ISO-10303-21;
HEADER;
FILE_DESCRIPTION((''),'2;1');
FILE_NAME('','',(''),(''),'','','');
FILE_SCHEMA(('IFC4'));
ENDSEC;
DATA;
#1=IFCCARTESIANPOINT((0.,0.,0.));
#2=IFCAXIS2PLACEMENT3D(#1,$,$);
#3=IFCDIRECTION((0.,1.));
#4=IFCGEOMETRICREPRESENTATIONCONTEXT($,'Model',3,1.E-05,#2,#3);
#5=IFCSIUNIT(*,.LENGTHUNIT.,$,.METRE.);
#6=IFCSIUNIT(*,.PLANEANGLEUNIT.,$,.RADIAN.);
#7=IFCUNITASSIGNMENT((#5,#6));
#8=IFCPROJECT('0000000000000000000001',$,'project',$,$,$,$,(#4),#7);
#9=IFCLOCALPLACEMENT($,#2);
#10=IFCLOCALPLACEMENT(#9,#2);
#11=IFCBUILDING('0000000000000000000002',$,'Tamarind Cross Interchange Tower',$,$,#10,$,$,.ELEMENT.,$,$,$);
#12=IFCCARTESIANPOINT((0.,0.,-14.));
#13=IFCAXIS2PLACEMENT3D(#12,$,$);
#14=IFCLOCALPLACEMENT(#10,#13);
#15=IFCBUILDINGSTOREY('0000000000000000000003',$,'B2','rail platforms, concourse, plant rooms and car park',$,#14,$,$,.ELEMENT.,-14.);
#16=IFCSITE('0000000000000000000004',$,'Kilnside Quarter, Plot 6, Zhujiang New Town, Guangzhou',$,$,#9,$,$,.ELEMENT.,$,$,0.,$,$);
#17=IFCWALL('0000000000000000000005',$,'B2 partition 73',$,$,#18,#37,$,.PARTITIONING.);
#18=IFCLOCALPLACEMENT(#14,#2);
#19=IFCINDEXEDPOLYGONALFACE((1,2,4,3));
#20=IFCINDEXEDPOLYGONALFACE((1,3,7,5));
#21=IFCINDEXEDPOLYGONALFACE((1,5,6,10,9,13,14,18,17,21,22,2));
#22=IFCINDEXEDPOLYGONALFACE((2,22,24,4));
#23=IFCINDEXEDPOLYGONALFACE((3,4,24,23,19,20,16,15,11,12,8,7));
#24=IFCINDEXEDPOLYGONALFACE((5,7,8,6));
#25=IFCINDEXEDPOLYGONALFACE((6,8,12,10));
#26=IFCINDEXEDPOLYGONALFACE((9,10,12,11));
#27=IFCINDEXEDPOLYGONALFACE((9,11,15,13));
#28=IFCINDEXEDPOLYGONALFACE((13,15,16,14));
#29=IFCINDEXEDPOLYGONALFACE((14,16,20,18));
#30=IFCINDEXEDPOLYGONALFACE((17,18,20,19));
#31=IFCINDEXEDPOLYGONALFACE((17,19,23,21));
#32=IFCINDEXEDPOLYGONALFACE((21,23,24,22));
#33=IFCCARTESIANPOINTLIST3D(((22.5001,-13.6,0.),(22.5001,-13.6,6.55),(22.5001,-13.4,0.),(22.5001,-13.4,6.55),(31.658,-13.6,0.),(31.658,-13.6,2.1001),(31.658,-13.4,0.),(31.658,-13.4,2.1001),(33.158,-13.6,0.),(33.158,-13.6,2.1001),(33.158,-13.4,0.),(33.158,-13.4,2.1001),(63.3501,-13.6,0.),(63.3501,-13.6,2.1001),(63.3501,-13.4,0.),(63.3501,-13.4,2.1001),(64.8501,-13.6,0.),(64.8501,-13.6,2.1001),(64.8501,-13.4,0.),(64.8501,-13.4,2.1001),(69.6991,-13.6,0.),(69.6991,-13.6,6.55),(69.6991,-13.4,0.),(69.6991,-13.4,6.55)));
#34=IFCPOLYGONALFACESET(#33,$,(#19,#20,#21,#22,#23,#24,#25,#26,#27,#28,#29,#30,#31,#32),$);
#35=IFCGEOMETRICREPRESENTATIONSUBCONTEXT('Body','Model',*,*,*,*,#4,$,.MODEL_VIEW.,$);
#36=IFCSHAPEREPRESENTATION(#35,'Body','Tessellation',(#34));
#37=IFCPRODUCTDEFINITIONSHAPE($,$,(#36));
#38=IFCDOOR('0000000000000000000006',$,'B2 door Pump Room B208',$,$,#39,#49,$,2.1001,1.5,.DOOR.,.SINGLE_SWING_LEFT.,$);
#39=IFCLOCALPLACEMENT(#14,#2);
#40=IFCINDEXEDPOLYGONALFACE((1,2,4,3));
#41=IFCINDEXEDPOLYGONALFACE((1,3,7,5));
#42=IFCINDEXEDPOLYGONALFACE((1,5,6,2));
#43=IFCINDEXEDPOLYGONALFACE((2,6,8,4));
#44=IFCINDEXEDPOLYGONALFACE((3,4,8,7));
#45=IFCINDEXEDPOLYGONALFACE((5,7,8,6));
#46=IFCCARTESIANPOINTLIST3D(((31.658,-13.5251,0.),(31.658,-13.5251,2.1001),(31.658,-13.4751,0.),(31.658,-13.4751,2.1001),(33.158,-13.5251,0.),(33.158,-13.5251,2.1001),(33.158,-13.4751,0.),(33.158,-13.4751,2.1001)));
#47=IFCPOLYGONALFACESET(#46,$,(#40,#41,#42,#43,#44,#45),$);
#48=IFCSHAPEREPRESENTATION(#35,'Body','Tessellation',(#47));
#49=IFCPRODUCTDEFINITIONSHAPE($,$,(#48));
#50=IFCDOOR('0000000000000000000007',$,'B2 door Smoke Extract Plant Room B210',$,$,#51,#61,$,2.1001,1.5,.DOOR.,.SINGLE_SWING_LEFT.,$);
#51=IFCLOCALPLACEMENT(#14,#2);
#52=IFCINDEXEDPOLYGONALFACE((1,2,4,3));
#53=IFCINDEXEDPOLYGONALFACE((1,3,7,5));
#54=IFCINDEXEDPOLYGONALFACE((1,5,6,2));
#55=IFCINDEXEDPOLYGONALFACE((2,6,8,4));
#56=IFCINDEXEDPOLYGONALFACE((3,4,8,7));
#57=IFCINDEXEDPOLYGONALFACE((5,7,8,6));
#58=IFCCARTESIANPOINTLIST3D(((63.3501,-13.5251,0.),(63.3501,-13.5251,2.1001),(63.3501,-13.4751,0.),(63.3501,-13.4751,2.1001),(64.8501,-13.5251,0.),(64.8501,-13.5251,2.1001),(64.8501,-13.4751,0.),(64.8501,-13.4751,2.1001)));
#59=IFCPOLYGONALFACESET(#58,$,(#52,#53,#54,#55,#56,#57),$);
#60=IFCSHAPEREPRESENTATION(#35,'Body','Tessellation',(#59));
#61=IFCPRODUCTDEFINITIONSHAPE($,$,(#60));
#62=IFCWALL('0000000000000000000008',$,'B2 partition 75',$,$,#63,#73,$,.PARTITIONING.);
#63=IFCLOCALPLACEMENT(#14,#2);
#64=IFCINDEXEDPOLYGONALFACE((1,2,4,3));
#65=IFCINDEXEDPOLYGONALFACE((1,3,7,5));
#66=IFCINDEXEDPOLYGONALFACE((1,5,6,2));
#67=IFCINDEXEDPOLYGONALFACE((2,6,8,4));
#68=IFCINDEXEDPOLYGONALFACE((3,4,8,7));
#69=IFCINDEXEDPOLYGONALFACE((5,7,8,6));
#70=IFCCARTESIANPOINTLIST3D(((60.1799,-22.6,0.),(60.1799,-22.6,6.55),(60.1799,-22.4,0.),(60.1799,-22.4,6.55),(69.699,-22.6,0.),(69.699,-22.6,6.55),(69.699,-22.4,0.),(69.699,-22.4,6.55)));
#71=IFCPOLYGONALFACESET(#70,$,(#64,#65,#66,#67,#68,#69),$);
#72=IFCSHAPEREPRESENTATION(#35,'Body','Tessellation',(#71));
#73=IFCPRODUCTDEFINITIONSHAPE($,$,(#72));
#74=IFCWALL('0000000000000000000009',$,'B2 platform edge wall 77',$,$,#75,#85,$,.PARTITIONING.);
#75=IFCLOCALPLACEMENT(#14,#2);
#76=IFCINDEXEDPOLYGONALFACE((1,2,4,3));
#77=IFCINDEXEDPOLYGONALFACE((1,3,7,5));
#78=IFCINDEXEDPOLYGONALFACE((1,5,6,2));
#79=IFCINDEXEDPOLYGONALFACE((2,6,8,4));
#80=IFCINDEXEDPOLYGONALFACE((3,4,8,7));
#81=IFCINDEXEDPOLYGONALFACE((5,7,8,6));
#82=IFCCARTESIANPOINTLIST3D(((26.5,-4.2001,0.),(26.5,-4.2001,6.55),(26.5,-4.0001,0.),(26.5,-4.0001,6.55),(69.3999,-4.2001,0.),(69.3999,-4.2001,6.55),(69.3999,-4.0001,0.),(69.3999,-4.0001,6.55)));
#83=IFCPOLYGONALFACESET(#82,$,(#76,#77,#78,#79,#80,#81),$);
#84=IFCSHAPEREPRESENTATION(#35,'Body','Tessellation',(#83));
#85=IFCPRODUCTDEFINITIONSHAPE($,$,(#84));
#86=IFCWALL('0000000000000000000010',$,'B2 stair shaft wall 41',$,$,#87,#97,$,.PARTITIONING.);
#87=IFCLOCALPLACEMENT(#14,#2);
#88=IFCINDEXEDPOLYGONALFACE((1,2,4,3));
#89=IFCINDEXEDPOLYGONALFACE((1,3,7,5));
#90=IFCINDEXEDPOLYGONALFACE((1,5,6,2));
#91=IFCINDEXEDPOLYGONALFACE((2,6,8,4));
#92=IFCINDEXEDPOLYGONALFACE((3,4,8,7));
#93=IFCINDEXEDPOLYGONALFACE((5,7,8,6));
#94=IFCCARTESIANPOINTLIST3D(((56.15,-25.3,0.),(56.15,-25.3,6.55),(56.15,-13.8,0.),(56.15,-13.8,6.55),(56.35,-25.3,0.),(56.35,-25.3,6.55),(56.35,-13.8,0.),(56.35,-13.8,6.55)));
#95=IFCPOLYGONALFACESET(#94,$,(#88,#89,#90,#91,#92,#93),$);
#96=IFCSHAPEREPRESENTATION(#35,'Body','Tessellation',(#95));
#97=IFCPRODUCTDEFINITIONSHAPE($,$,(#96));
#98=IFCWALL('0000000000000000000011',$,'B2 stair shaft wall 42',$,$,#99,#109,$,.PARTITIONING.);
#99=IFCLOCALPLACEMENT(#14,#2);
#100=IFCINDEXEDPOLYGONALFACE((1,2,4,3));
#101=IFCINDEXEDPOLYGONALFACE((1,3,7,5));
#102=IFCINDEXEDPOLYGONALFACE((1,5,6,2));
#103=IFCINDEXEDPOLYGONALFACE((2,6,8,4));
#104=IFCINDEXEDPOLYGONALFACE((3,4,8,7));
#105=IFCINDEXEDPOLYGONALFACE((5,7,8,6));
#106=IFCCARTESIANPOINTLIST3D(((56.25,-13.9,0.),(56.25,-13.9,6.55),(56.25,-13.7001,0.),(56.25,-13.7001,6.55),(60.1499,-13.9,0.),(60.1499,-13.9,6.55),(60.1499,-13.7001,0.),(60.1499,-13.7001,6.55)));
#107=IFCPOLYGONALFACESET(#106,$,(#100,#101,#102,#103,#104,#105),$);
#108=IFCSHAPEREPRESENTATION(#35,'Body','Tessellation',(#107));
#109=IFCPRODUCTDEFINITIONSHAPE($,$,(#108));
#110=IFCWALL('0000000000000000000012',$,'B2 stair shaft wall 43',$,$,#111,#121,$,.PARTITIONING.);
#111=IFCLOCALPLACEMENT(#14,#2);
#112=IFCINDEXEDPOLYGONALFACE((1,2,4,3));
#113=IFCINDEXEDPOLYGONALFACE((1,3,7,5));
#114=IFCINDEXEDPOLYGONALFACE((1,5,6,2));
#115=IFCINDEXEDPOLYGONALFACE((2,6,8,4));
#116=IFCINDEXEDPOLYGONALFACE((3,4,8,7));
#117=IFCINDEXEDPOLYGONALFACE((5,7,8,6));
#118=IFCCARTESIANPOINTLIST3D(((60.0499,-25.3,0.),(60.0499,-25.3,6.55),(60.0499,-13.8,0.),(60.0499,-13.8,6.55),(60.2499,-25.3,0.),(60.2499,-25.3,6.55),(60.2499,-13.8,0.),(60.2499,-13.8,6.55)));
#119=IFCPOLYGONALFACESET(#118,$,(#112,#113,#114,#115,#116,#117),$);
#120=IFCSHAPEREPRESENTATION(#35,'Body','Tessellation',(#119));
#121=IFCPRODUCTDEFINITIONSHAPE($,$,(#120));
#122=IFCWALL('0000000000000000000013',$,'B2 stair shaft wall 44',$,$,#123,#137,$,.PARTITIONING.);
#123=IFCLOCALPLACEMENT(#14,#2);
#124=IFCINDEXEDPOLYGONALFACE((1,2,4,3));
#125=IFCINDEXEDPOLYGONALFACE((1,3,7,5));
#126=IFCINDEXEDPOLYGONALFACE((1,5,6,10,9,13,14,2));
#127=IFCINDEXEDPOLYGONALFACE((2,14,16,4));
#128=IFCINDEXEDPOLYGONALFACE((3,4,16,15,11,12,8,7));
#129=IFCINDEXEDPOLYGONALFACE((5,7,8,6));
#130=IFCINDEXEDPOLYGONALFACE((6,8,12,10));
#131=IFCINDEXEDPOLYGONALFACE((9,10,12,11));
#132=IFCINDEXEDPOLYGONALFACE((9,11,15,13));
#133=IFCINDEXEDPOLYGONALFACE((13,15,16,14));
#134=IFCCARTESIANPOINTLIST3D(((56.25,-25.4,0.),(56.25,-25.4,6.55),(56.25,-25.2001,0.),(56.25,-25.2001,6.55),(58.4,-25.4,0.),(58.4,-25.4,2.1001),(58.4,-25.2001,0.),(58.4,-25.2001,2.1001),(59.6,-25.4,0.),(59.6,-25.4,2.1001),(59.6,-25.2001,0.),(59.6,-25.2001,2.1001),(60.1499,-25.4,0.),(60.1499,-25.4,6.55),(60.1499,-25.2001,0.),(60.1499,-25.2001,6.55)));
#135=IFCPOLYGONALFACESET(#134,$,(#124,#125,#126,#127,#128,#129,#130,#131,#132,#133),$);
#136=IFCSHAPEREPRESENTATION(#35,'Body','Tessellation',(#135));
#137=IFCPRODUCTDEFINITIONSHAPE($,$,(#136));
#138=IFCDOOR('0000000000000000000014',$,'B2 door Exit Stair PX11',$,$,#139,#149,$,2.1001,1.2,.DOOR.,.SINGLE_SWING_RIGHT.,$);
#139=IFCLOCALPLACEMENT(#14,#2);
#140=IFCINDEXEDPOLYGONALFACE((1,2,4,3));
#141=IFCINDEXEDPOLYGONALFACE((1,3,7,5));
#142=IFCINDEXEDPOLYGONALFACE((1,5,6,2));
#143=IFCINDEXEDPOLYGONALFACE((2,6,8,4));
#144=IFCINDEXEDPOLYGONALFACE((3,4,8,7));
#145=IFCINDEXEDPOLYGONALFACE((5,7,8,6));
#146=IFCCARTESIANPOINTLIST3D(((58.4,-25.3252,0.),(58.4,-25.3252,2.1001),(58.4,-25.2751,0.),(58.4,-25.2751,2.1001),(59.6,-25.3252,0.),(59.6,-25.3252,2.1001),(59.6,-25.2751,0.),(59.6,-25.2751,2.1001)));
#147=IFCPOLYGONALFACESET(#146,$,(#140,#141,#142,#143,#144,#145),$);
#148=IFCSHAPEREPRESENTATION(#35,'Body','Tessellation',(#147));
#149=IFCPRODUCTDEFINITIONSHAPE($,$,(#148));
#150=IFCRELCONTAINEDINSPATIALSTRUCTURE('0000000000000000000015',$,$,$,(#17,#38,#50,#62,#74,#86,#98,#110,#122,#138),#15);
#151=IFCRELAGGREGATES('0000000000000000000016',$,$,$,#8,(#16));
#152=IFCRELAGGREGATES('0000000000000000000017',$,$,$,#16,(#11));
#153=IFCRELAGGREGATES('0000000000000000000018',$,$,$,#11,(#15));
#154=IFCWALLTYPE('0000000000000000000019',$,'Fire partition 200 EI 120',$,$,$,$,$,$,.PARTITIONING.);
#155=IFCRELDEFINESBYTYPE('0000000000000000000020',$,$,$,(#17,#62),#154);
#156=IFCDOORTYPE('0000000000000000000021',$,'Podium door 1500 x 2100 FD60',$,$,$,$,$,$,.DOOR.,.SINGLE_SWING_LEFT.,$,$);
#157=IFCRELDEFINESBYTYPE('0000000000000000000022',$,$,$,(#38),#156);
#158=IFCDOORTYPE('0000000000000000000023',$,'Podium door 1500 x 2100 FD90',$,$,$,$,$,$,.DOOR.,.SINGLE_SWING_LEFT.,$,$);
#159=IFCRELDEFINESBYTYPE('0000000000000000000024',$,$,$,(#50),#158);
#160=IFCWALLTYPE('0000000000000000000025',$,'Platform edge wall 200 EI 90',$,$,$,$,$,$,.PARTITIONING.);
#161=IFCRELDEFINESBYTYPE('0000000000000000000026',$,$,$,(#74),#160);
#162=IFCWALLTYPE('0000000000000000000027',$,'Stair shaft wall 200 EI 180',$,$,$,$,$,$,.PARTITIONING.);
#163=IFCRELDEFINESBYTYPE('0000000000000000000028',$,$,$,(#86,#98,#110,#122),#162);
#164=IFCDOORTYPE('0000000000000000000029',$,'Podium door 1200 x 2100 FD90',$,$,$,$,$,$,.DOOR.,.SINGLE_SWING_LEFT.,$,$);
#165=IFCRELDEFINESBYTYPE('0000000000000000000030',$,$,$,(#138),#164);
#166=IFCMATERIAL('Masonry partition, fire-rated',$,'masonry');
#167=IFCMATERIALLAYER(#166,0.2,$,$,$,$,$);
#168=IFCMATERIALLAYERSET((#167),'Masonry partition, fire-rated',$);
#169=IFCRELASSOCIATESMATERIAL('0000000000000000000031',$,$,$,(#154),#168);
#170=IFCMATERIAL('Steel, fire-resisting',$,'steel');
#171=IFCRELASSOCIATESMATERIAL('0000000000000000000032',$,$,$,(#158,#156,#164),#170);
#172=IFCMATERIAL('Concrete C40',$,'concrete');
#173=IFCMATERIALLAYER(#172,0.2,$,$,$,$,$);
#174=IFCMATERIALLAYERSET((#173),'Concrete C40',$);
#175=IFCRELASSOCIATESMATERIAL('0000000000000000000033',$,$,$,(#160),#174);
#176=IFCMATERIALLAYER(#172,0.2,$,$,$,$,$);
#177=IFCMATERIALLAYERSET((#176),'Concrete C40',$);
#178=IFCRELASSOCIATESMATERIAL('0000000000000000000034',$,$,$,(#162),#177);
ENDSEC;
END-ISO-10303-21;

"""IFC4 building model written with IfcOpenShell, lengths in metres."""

from ifc_helpers import new_model, si_unit, direction, frame, frame_2d, origin, place, context, subcontext, project, spatial, rectangle, extrude, material, layer, layer_set, type_object, element, fill, save


model = new_model("IFC4")

# Units and contexts
model_context = context("Model", 3, precision=1e-05, world=origin(), true_north=direction((0.0, 1.0)))
body_context = subcontext(model_context, "Body", "Model", "MODEL_VIEW")
ifc_project = project(units=[si_unit("LENGTHUNIT", "METRE"), si_unit("PLANEANGLEUNIT", "RADIAN")], contexts=[model_context])

# Site, building, storey
site_placement = place(None, origin())
site = spatial("IfcSite", under=ifc_project, at=site_placement, Name="Kilnside Quarter, Plot 6, Zhujiang New Town, Guangzhou", CompositionType="ELEMENT", RefElevation=0.0)
building_placement = place(site_placement, origin())
building = spatial("IfcBuilding", under=site, at=building_placement, Name="Tamarind Cross Interchange Tower", CompositionType="ELEMENT")
storey_placement = place(building_placement, frame((0.0, 0.0, -14.0)))
storey = spatial("IfcBuildingStorey", under=building, at=storey_placement, Name="B2", Description="rail platforms, concourse, plant rooms and car park", CompositionType="ELEMENT", Elevation=-14.0)

# Shared definitions
ifc_material_1 = material(Name="Masonry partition, fire-rated", Category="masonry")
ifc_layer_1 = layer(ifc_material_1, 0.2)
ifc_layer_set_1 = layer_set([ifc_layer_1], Name="Masonry partition, fire-rated")
wall_type_1 = type_object("IfcWallType", Name="Fire partition 200 EI 120", PredefinedType="PARTITIONING", material=ifc_layer_set_1)
ifc_material_2 = material(Name="Steel, fire-resisting", Category="steel")
door_type_1 = type_object("IfcDoorType", Name="Podium door 1500 x 2100 FD90", OperationType="SINGLE_SWING_LEFT", PredefinedType="DOOR", material=ifc_material_2)

# Wall, openings, doors
wall_1_placement = place(storey_placement, frame((22.5, -13.5, 0.0), z_axis=(0.0, 0.0, 1.0), x_axis=(1.0, 0.0, 0.0)))
wall_1 = element("IfcWall", 1, at=wall_1_placement, inside=storey, type_object=wall_type_1, Name="B2 partition 73", PredefinedType="PARTITIONING", context=body_context, shape_type="SweptSolid", body=[
    extrude(rectangle(XDim=47.199, YDim=0.2, at=frame_2d((23.5996, 0.0))), origin(), (0.0, 0.0, 1.0), 6.55),
])
opening_1_placement = place(wall_1_placement, frame((9.158, 0.0, 0.0)))
opening_1 = element("IfcOpeningElement", 2, at=opening_1_placement, cuts=wall_1, PredefinedType="OPENING", context=body_context, shape_type="SweptSolid", body=[
    extrude(rectangle(XDim=1.5, YDim=2.1001, at=frame_2d((0.75, 1.05))), frame((0.0, 0.1099, 0.0), z_axis=(0.0, -1.0, 0.0), x_axis=(1.0, 0.0, 0.0)), (0.0, 0.0, 1.0), 0.22),
])
opening_2_placement = place(wall_1_placement, frame((40.8501, 0.0, 0.0)))
opening_2 = element("IfcOpeningElement", 3, at=opening_2_placement, cuts=wall_1, PredefinedType="OPENING", context=body_context, shape_type="SweptSolid", body=[
    extrude(rectangle(XDim=1.5, YDim=2.1001, at=frame_2d((0.75, 1.05))), frame((0.0, 0.1099, 0.0), z_axis=(0.0, -1.0, 0.0), x_axis=(1.0, 0.0, 0.0)), (0.0, 0.0, 1.0), 0.22),
])
door_type_2 = type_object("IfcDoorType", Name="Podium door 1500 x 2100 FD60", OperationType="SINGLE_SWING_LEFT", PredefinedType="DOOR", material=ifc_material_2)
door_1_placement = place(opening_1_placement, origin())
door_1 = element("IfcDoor", 4, at=door_1_placement, inside=storey, type_object=door_type_2, Name="B2 door Pump Room B208", OperationType="SINGLE_SWING_LEFT", OverallHeight=2.1001, OverallWidth=1.5, PredefinedType="DOOR", context=body_context, shape_type="SweptSolid", body=[
    extrude(rectangle(XDim=1.5, YDim=2.1001, at=frame_2d((0.75, 1.05))), frame((0.0, 0.0249, 0.0), z_axis=(0.0, -1.0, 0.0), x_axis=(1.0, 0.0, 0.0)), (0.0, 0.0, 1.0), 0.05),
])
fill(opening_1, door_1)
door_2_placement = place(opening_2_placement, origin())
door_2 = element("IfcDoor", 5, at=door_2_placement, inside=storey, type_object=door_type_1, Name="B2 door Smoke Extract Plant Room B210", OperationType="SINGLE_SWING_LEFT", OverallHeight=2.1001, OverallWidth=1.5, PredefinedType="DOOR", context=body_context, shape_type="SweptSolid", body=[
    extrude(rectangle(XDim=1.5, YDim=2.1001, at=frame_2d((0.75, 1.05))), frame((0.0, 0.0249, 0.0), z_axis=(0.0, -1.0, 0.0), x_axis=(1.0, 0.0, 0.0)), (0.0, 0.0, 1.0), 0.05),
])
fill(opening_2, door_2)

# Walls
wall_2_placement = place(storey_placement, frame((60.1799, -22.5, 0.0), z_axis=(0.0, 0.0, 1.0), x_axis=(1.0, 0.0, 0.0)))
element("IfcWall", 6, at=wall_2_placement, inside=storey, type_object=wall_type_1, Name="B2 partition 75", PredefinedType="PARTITIONING", context=body_context, shape_type="SweptSolid", body=[
    extrude(rectangle(XDim=9.519, YDim=0.2, at=frame_2d((4.7595, 0.0))), origin(), (0.0, 0.0, 1.0), 6.55),
])
ifc_material_3 = material(Name="Concrete C40", Category="concrete")
ifc_layer_2 = layer(ifc_material_3, 0.2)
ifc_layer_set_2 = layer_set([ifc_layer_2], Name="Concrete C40")
wall_type_2 = type_object("IfcWallType", Name="Platform edge wall 200 EI 90", PredefinedType="PARTITIONING", material=ifc_layer_set_2)
wall_3_placement = place(storey_placement, frame((26.5, -4.1001, 0.0), z_axis=(0.0, 0.0, 1.0), x_axis=(1.0, 0.0, 0.0)))
element("IfcWall", 7, at=wall_3_placement, inside=storey, type_object=wall_type_2, Name="B2 platform edge wall 77", PredefinedType="PARTITIONING", context=body_context, shape_type="SweptSolid", body=[
    extrude(rectangle(XDim=42.8999, YDim=0.2, at=frame_2d((21.45, 0.0))), origin(), (0.0, 0.0, 1.0), 6.55),
])
ifc_layer_3 = layer(ifc_material_3, 0.2)
ifc_layer_set_3 = layer_set([ifc_layer_3], Name="Concrete C40")
wall_type_3 = type_object("IfcWallType", Name="Stair shaft wall 200 EI 180", PredefinedType="PARTITIONING", material=ifc_layer_set_3)
wall_4_placement = place(storey_placement, frame((56.25, -25.3, 0.0), z_axis=(0.0, 0.0, 1.0), x_axis=(0.0, 1.0, 0.0)))
element("IfcWall", 8, at=wall_4_placement, inside=storey, type_object=wall_type_3, Name="B2 stair shaft wall 41", PredefinedType="PARTITIONING", context=body_context, shape_type="SweptSolid", body=[
    extrude(rectangle(XDim=11.5, YDim=0.2, at=frame_2d((5.75, 0.0))), origin(), (0.0, 0.0, 1.0), 6.55),
])
wall_5_placement = place(storey_placement, frame((56.25, -13.8, 0.0), z_axis=(0.0, 0.0, 1.0), x_axis=(1.0, 0.0, 0.0)))
element("IfcWall", 9, at=wall_5_placement, inside=storey, type_object=wall_type_3, Name="B2 stair shaft wall 42", PredefinedType="PARTITIONING", context=body_context, shape_type="SweptSolid", body=[
    extrude(rectangle(XDim=3.8999, YDim=0.2, at=frame_2d((1.95, 0.0))), origin(), (0.0, 0.0, 1.0), 6.55),
])
wall_6_placement = place(storey_placement, frame((60.1499, -25.3, 0.0), z_axis=(0.0, 0.0, 1.0), x_axis=(0.0, 1.0, 0.0)))
element("IfcWall", 10, at=wall_6_placement, inside=storey, type_object=wall_type_3, Name="B2 stair shaft wall 43", PredefinedType="PARTITIONING", context=body_context, shape_type="SweptSolid", body=[
    extrude(rectangle(XDim=11.5, YDim=0.2, at=frame_2d((5.75, 0.0))), origin(), (0.0, 0.0, 1.0), 6.55),
])

# Wall, opening, door
wall_7_placement = place(storey_placement, frame((56.25, -25.3, 0.0), z_axis=(0.0, 0.0, 1.0), x_axis=(1.0, 0.0, 0.0)))
wall_7 = element("IfcWall", 11, at=wall_7_placement, inside=storey, type_object=wall_type_3, Name="B2 stair shaft wall 44", PredefinedType="PARTITIONING", context=body_context, shape_type="SweptSolid", body=[
    extrude(rectangle(XDim=3.8999, YDim=0.2, at=frame_2d((1.95, 0.0))), origin(), (0.0, 0.0, 1.0), 6.55),
])
opening_3_placement = place(wall_7_placement, frame((2.1499, 0.0, 0.0)))
opening_3 = element("IfcOpeningElement", 12, at=opening_3_placement, cuts=wall_7, PredefinedType="OPENING", context=body_context, shape_type="SweptSolid", body=[
    extrude(rectangle(XDim=1.2, YDim=2.1001, at=frame_2d((0.6001, 1.05))), frame((0.0, 0.1099, 0.0), z_axis=(0.0, -1.0, 0.0), x_axis=(1.0, 0.0, 0.0)), (0.0, 0.0, 1.0), 0.22),
])
door_type_3 = type_object("IfcDoorType", Name="Podium door 1200 x 2100 FD90", OperationType="SINGLE_SWING_LEFT", PredefinedType="DOOR", material=ifc_material_2)
door_3_placement = place(opening_3_placement, origin())
door_3 = element("IfcDoor", 13, at=door_3_placement, inside=storey, type_object=door_type_3, Name="B2 door Exit Stair PX11", OperationType="SINGLE_SWING_RIGHT", OverallHeight=2.1001, OverallWidth=1.2, PredefinedType="DOOR", context=body_context, shape_type="SweptSolid", body=[
    extrude(rectangle(XDim=1.2, YDim=2.1001, at=frame_2d((0.6001, 1.05))), frame((0.0, 0.0249, 0.0), z_axis=(0.0, -1.0, 0.0), x_axis=(1.0, 0.0, 0.0)), (0.0, 0.0, 1.0), 0.05),
])
fill(opening_3, door_3)

save(model, "model.ifc")
